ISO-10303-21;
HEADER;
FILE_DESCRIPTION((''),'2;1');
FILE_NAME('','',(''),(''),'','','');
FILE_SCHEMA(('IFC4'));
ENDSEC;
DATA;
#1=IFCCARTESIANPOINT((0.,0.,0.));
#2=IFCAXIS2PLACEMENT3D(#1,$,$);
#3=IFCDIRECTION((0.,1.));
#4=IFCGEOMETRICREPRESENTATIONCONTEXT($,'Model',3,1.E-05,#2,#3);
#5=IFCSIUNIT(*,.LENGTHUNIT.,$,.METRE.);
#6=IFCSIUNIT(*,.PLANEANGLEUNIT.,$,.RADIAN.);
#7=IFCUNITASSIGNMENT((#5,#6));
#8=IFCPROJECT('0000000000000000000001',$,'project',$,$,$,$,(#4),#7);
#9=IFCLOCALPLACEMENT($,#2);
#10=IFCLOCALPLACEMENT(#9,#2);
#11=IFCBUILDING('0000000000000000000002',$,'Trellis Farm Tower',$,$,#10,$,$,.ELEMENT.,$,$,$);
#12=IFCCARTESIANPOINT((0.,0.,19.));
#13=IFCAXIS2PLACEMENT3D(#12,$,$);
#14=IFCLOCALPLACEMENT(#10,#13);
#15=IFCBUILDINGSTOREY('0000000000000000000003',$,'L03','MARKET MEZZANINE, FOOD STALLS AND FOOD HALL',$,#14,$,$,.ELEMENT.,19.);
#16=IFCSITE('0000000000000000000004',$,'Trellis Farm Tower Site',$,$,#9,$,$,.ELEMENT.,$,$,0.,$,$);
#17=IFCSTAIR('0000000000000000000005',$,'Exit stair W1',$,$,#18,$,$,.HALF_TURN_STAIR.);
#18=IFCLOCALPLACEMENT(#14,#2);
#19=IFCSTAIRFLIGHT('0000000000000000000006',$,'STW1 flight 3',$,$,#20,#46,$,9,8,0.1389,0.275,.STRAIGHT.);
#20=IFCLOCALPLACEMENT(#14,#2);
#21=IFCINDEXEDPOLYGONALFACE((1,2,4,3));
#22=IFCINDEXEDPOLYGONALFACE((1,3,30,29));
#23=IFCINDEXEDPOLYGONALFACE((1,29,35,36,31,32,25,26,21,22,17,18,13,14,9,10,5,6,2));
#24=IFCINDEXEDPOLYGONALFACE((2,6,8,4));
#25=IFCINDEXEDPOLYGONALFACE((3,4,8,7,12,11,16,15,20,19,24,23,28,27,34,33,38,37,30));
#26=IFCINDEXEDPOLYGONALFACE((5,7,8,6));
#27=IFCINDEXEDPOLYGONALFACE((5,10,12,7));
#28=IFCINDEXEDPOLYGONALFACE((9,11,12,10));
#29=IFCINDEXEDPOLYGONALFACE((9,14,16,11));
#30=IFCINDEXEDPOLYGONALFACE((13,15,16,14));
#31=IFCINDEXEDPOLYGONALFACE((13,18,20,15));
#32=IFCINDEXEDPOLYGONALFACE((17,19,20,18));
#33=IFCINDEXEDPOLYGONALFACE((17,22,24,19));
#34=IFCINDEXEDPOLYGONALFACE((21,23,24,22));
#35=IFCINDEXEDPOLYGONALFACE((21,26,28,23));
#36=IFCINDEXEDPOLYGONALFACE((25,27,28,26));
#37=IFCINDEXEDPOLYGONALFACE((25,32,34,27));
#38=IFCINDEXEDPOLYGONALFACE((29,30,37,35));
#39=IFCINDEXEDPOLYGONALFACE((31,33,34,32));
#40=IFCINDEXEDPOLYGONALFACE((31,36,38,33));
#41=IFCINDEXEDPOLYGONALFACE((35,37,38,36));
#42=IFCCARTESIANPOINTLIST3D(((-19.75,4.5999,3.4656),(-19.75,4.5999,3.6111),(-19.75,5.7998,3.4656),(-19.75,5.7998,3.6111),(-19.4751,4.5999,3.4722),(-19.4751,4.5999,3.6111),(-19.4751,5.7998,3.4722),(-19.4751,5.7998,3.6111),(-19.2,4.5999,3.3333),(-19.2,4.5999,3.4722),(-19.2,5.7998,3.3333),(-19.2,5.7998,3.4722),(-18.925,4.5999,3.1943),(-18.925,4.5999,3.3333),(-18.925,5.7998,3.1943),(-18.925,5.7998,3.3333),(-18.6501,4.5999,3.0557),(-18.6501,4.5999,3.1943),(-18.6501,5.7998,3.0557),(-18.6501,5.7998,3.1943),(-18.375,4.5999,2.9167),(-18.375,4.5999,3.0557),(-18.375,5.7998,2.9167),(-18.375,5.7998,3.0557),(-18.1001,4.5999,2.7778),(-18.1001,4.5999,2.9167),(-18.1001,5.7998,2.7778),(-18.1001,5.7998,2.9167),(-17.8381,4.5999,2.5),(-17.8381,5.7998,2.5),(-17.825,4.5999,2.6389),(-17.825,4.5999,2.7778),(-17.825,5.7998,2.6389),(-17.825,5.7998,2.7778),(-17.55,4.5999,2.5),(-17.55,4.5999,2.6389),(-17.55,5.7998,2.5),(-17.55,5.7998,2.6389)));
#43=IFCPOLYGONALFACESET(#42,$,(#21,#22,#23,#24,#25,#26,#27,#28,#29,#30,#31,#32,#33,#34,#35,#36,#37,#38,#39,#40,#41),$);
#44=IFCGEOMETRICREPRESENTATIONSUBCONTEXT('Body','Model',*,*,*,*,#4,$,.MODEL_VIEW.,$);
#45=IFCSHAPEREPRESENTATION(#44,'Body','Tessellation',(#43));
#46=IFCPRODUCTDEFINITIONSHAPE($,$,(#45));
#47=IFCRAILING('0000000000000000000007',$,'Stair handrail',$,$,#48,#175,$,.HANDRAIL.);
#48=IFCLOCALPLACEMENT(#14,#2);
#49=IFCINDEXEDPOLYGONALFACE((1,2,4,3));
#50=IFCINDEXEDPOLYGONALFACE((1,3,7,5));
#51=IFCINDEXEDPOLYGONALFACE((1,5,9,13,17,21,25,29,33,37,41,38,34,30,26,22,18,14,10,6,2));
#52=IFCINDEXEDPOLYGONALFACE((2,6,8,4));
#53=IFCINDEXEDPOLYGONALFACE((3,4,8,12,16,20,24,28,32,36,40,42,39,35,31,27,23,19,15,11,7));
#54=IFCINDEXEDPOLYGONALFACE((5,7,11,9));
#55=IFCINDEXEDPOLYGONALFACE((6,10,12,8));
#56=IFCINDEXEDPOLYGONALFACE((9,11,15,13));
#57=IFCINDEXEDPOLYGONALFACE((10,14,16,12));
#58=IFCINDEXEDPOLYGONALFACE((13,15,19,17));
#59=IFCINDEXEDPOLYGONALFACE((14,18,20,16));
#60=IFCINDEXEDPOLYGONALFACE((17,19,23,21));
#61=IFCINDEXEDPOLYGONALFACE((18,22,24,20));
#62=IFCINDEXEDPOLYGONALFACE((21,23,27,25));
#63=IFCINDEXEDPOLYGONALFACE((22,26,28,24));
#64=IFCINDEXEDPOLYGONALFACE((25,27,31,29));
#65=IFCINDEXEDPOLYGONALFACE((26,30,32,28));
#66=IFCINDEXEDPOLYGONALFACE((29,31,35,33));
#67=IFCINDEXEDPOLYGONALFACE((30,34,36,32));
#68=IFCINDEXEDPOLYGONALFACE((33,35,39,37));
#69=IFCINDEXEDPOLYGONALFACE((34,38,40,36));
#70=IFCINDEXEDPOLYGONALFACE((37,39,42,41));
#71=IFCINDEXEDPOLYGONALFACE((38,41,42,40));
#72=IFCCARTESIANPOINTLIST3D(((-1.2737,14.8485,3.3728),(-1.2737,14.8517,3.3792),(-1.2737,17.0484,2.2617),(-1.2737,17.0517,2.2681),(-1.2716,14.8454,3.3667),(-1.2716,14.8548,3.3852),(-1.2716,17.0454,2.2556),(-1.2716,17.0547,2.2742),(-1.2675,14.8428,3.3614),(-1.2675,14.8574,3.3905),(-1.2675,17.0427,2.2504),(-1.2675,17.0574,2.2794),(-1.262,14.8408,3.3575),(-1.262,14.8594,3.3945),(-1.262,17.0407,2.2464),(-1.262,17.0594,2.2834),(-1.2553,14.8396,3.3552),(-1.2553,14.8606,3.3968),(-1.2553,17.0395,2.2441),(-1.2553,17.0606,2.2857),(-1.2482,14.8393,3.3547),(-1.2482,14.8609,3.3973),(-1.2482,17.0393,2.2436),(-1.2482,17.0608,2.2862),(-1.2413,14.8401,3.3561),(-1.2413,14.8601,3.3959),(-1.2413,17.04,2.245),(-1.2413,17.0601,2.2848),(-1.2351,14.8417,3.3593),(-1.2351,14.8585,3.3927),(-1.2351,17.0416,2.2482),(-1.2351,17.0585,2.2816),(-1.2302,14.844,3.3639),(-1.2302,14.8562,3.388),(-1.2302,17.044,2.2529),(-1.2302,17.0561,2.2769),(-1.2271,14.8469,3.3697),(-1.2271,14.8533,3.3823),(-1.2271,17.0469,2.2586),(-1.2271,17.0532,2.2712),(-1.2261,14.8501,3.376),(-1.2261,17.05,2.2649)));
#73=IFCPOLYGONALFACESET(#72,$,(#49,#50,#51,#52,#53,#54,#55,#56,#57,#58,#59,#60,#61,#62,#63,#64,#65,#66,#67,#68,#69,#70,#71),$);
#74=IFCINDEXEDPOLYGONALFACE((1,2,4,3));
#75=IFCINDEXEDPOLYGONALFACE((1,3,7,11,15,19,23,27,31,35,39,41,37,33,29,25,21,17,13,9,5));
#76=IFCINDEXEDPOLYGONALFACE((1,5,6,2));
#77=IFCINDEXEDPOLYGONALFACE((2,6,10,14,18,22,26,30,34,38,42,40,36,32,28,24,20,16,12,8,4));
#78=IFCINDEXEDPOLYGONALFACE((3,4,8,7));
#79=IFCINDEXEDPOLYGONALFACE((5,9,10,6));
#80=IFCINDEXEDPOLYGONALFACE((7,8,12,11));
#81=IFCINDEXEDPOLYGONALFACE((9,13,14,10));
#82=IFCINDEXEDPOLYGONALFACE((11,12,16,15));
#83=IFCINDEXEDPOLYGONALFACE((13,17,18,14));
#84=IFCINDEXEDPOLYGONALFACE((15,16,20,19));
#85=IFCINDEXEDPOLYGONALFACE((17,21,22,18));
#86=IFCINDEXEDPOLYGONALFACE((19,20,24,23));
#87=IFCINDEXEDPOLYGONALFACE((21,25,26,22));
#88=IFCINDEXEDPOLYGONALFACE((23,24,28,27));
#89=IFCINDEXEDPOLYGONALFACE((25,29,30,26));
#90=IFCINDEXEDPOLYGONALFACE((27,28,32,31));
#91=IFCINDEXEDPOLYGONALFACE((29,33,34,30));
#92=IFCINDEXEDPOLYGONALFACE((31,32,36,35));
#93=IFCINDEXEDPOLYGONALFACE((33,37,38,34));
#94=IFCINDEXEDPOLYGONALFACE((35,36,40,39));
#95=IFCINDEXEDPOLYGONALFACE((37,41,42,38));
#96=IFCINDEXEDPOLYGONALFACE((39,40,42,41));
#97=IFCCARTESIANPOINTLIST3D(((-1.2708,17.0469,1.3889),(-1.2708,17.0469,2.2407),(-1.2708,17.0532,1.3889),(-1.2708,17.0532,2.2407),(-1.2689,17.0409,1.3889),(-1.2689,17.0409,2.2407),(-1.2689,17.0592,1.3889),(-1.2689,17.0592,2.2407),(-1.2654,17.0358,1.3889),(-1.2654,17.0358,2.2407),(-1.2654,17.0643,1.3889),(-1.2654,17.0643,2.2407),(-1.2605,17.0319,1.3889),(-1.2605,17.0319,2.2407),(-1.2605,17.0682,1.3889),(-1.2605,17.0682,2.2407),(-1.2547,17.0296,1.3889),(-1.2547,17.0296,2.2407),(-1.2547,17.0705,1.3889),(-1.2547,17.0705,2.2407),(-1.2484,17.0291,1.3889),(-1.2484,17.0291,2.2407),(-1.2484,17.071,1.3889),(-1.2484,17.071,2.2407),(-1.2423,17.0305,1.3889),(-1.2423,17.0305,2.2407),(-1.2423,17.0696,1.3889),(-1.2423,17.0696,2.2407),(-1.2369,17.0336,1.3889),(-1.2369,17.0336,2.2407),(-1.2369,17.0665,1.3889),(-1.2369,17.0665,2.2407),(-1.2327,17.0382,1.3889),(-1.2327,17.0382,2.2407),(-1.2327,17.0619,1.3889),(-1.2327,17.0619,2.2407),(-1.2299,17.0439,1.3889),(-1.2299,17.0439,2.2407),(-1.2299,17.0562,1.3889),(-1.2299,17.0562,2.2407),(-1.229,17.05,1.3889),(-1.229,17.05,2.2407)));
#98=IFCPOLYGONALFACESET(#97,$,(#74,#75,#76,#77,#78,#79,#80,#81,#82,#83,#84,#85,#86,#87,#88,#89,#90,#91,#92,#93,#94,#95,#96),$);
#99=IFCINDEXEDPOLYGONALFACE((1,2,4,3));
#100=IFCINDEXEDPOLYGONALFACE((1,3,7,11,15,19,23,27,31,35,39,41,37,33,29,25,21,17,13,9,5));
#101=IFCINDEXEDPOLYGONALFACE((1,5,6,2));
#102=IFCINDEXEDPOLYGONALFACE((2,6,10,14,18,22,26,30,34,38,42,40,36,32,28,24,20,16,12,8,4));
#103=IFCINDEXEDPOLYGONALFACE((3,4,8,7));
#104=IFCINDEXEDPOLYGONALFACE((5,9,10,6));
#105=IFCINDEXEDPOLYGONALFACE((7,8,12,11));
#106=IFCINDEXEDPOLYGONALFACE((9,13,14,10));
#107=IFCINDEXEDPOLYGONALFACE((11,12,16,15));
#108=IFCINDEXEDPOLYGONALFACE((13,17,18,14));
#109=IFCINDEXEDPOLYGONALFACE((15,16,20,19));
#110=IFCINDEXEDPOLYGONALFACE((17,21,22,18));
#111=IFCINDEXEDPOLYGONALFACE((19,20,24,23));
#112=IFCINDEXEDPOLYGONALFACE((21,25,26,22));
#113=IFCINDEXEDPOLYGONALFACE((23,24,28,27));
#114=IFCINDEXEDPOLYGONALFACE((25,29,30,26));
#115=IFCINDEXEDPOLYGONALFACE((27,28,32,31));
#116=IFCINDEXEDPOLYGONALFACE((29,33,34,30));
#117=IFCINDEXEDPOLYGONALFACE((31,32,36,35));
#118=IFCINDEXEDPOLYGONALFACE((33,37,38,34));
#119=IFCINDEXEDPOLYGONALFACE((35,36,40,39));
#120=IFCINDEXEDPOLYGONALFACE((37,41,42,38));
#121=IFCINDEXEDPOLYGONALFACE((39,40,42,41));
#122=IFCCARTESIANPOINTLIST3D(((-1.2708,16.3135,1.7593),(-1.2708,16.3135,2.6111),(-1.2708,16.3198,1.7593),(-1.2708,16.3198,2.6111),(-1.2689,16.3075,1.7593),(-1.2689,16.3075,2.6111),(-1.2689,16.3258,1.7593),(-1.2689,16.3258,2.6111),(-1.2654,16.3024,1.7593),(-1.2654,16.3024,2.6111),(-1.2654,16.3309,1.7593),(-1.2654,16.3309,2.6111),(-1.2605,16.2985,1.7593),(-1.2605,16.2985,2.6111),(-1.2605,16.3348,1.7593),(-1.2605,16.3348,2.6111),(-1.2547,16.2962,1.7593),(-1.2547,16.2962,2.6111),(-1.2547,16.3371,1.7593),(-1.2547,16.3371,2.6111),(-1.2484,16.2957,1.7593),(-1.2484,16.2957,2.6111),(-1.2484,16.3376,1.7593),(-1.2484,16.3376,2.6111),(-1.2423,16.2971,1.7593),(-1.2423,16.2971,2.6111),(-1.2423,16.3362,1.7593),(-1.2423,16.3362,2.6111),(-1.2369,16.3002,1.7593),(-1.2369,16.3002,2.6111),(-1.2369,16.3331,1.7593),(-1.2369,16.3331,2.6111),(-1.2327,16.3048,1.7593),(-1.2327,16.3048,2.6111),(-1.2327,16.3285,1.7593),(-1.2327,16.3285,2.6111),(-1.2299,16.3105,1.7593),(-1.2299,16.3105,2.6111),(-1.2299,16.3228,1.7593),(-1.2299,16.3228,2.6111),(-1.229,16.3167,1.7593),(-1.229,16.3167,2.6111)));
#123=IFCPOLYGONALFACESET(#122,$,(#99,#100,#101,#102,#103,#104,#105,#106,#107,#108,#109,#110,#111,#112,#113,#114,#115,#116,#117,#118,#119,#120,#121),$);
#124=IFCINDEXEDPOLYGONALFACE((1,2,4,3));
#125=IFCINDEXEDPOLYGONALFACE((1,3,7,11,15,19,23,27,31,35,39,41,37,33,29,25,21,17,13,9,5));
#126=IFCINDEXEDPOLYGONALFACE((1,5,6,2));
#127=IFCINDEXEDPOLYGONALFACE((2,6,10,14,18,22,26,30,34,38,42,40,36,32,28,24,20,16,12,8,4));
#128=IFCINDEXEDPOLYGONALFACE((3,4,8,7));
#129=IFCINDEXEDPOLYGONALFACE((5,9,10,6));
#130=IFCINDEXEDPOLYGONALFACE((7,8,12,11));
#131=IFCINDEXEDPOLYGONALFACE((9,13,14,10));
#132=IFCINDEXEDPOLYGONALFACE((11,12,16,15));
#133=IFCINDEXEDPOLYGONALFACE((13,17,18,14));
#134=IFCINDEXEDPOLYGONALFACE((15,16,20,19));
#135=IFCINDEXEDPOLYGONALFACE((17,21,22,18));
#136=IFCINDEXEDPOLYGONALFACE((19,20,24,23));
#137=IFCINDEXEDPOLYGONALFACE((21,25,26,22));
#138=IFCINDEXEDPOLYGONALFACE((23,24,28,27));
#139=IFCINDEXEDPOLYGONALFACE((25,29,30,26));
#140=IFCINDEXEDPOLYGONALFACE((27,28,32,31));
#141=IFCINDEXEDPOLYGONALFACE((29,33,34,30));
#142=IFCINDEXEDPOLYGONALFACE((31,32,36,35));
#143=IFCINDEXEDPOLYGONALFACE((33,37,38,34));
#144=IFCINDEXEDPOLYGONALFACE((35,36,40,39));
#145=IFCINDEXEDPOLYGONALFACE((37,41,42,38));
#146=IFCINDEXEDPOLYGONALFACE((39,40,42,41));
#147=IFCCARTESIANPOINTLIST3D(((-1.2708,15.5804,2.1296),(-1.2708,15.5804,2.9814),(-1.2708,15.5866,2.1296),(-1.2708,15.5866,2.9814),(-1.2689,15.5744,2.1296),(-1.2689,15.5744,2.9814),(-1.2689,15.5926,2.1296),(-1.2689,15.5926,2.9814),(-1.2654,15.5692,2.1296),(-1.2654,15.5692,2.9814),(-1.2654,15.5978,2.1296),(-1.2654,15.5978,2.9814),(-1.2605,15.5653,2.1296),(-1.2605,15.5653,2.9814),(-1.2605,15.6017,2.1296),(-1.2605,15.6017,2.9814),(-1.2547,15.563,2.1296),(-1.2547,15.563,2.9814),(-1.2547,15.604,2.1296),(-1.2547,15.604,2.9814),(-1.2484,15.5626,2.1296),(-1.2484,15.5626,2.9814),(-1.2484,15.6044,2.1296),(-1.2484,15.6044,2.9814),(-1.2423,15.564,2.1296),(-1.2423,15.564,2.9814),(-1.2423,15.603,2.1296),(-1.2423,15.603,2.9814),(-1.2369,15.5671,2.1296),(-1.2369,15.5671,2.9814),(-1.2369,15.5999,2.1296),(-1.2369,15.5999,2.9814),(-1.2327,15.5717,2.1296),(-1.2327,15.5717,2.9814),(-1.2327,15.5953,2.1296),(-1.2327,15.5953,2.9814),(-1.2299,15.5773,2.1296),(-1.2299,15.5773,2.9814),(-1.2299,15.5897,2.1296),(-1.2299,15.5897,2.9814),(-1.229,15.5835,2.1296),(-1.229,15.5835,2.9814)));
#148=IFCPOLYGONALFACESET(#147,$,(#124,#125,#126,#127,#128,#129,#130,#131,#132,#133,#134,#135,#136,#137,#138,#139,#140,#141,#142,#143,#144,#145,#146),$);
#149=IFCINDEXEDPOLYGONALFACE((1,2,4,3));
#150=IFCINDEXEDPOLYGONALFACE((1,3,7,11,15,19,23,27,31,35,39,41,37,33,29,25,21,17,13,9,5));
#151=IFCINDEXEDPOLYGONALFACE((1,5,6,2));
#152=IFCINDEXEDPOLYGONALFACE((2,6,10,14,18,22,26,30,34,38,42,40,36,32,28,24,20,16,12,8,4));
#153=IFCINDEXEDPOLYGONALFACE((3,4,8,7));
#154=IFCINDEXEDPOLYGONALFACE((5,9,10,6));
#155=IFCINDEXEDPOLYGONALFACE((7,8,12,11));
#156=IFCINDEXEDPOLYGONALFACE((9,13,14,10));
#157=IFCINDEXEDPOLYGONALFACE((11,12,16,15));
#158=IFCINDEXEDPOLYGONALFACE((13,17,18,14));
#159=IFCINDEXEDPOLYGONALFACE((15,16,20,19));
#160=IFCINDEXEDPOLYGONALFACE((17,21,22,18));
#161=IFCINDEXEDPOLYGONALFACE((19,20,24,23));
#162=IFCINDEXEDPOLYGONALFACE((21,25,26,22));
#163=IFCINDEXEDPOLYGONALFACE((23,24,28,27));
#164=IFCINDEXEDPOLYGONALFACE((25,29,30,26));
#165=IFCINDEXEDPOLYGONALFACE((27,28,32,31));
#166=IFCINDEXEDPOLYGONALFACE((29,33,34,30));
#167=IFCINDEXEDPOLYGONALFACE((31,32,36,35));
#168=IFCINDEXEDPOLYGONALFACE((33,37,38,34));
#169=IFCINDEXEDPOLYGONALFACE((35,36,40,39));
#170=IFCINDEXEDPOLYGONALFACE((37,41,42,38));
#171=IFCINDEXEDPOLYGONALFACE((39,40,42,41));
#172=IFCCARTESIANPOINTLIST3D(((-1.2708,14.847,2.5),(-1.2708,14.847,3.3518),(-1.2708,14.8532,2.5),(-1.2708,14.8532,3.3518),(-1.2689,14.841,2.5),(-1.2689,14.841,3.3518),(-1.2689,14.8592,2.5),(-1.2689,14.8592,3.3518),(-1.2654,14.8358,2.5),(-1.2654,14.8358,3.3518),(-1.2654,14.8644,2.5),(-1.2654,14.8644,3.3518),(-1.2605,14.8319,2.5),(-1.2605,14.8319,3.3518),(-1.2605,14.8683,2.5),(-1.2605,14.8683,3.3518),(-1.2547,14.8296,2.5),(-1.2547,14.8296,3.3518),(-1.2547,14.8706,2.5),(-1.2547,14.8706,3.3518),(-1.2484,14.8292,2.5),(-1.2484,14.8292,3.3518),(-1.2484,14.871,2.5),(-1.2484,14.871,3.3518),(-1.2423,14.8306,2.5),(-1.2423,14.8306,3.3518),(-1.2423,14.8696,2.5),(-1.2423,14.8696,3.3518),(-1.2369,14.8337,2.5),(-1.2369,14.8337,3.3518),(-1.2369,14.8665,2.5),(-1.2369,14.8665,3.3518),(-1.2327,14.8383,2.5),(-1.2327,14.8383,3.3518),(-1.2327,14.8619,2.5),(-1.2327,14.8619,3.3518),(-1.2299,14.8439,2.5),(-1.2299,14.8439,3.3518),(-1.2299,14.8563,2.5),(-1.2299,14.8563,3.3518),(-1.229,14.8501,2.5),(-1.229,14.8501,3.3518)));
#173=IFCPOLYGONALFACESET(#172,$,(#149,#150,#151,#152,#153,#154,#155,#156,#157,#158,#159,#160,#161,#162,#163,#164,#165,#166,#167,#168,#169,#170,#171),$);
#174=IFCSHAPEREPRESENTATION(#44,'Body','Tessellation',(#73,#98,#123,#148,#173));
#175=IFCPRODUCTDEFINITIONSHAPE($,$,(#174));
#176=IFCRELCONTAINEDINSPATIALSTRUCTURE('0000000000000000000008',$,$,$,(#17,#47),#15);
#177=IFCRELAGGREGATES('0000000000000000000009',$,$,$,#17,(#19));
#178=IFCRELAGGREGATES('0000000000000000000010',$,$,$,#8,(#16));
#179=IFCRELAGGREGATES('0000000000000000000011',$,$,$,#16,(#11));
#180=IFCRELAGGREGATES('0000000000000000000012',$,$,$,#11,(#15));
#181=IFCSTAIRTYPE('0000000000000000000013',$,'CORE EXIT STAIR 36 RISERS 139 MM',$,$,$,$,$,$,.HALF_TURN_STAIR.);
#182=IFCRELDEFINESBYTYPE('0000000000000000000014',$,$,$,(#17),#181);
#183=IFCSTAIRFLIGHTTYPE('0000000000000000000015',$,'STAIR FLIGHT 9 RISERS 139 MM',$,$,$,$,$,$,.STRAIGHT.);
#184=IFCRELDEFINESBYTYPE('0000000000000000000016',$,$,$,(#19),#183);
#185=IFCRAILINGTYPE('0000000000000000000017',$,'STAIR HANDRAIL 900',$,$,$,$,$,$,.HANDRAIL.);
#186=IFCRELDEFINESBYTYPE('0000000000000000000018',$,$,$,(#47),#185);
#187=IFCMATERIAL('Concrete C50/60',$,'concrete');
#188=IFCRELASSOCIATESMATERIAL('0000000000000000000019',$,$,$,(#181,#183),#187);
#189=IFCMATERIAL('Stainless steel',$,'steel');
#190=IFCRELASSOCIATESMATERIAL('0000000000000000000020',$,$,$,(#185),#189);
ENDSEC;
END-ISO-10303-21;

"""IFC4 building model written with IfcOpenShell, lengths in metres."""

from ifc_helpers import new_model, si_unit, direction, frame, origin, origin_2d, place, context, subcontext, project, spatial, polyline, circle, outline, extrude, source, transform, mapped, material, type_object, element, aggregate, save


model = new_model("IFC4")

# Units and contexts
model_context = context("Model", 3, precision=1e-05, world=origin(), true_north=direction((0.0, 1.0)))
body_context = subcontext(model_context, "Body", "Model", "MODEL_VIEW")
ifc_project = project(units=[si_unit("LENGTHUNIT", "METRE"), si_unit("PLANEANGLEUNIT", "RADIAN")], contexts=[model_context])

# Site, building, storey
site_placement = place(None, origin())
site = spatial("IfcSite", under=ifc_project, at=site_placement, Name="Trellis Farm Tower Site", CompositionType="ELEMENT", RefElevation=0.0)
building_placement = place(site_placement, origin())
building = spatial("IfcBuilding", under=site, at=building_placement, Name="Trellis Farm Tower", CompositionType="ELEMENT")
storey_placement = place(building_placement, frame((0.0, 0.0, 19.0)))
storey = spatial("IfcBuildingStorey", under=building, at=storey_placement, Name="L03", Description="MARKET MEZZANINE, FOOD STALLS AND FOOD HALL", CompositionType="ELEMENT", Elevation=19.0)

# Shared definitions
ifc_material_1 = material(Name="Concrete C50/60", Category="concrete")
stair_type = type_object("IfcStairType", Name="CORE EXIT STAIR 36 RISERS 139 MM", PredefinedType="HALF_TURN_STAIR", material=ifc_material_1)
placement = place(storey_placement, origin())
stair_flight_type = type_object("IfcStairFlightType", Name="STAIR FLIGHT 9 RISERS 139 MM", PredefinedType="STRAIGHT", material=ifc_material_1)
shared_shape_1 = source(origin(), body_context, "Body", "SweptSolid", [
    extrude(outline(polyline([(0.0, 0.0), (0.0, 0.1389), (0.2749, 0.1389), (0.2749, 0.2778), (0.55, 0.2778), (0.55, 0.4167), (0.825, 0.4167), (0.825, 0.5557), (1.1001, 0.5557), (1.1001, 0.6943), (1.375, 0.6943), (1.375, 0.8333), (1.6499, 0.8333), (1.6499, 0.9722), (1.925, 0.9722), (1.925, 1.1111), (2.2, 1.1111), (2.2, 1.25), (2.2, 0.9656), (0.2881, 0.0), (0.0, 0.0)])), frame((0.0, 0.6001, 0.0), z_axis=(0.0, -1.0, 0.0), x_axis=(1.0, 0.0, 0.0)), (0.0, 0.0, 1.0), 1.2),
])

# Stair, stair flight
stair_1 = element("IfcStair", 1, at=placement, inside=storey, type_object=stair_type, Name="Exit stair W1", PredefinedType="HALF_TURN_STAIR")
stair_flight_1_placement = place(storey_placement, frame((-17.55, 5.2, 2.5), z_axis=(0.0, 0.0, 1.0), x_axis=(-1.0, 0.0, 0.0)))
stair_flight_1 = element("IfcStairFlight", 2, at=stair_flight_1_placement, type_object=stair_flight_type, Name="STW1 flight 3", NumberOfRisers=9, NumberOfTreads=8, PredefinedType="STRAIGHT", RiserHeight=0.1389, TreadLength=0.275, context=body_context, shape_type="MappedRepresentation", body=[
    mapped(shared_shape_1, transform((0.0, 0.0, 0.0))),
])
aggregate(stair_1, [stair_flight_1])

# Railing
ifc_material_2 = material(Name="Stainless steel", Category="steel")
railing_type = type_object("IfcRailingType", Name="STAIR HANDRAIL 900", PredefinedType="HANDRAIL", material=ifc_material_2)
shared_shape_2 = source(origin(), body_context, "Body", "SweptSolid", [
    extrude(circle(Radius=0.0239, at=origin_2d()), frame((0.0, 0.0, 0.876), z_axis=(0.0, -0.892617, 0.450816), x_axis=(1.0, 0.0, 0.0)), (0.0, 0.0, 1.0), 2.4646),
    extrude(circle(Radius=0.021, at=origin_2d()), origin(), (0.0, 0.0, 1.0), 0.8518),
    extrude(circle(Radius=0.021, at=origin_2d()), frame((0.0, -0.7334, 0.3704)), (0.0, 0.0, 1.0), 0.8518),
    extrude(circle(Radius=0.021, at=origin_2d()), frame((0.0, -1.4666, 0.7407)), (0.0, 0.0, 1.0), 0.8518),
    extrude(circle(Radius=0.021, at=origin_2d()), frame((0.0, -2.2, 1.1111)), (0.0, 0.0, 1.0), 0.8518),
])
for number, where, name in (
    (3, (-1.25, 17.05, 1.3889), "Stair handrail"),
):
    element("IfcRailing", number, at=place(storey_placement, frame(where)), inside=storey, type_object=railing_type, Name=name, PredefinedType="HANDRAIL", context=body_context, shape_type="MappedRepresentation", body=[
        mapped(shared_shape_2, transform((0.0, 0.0, 0.0))),
    ])

save(model, "model.ifc")
